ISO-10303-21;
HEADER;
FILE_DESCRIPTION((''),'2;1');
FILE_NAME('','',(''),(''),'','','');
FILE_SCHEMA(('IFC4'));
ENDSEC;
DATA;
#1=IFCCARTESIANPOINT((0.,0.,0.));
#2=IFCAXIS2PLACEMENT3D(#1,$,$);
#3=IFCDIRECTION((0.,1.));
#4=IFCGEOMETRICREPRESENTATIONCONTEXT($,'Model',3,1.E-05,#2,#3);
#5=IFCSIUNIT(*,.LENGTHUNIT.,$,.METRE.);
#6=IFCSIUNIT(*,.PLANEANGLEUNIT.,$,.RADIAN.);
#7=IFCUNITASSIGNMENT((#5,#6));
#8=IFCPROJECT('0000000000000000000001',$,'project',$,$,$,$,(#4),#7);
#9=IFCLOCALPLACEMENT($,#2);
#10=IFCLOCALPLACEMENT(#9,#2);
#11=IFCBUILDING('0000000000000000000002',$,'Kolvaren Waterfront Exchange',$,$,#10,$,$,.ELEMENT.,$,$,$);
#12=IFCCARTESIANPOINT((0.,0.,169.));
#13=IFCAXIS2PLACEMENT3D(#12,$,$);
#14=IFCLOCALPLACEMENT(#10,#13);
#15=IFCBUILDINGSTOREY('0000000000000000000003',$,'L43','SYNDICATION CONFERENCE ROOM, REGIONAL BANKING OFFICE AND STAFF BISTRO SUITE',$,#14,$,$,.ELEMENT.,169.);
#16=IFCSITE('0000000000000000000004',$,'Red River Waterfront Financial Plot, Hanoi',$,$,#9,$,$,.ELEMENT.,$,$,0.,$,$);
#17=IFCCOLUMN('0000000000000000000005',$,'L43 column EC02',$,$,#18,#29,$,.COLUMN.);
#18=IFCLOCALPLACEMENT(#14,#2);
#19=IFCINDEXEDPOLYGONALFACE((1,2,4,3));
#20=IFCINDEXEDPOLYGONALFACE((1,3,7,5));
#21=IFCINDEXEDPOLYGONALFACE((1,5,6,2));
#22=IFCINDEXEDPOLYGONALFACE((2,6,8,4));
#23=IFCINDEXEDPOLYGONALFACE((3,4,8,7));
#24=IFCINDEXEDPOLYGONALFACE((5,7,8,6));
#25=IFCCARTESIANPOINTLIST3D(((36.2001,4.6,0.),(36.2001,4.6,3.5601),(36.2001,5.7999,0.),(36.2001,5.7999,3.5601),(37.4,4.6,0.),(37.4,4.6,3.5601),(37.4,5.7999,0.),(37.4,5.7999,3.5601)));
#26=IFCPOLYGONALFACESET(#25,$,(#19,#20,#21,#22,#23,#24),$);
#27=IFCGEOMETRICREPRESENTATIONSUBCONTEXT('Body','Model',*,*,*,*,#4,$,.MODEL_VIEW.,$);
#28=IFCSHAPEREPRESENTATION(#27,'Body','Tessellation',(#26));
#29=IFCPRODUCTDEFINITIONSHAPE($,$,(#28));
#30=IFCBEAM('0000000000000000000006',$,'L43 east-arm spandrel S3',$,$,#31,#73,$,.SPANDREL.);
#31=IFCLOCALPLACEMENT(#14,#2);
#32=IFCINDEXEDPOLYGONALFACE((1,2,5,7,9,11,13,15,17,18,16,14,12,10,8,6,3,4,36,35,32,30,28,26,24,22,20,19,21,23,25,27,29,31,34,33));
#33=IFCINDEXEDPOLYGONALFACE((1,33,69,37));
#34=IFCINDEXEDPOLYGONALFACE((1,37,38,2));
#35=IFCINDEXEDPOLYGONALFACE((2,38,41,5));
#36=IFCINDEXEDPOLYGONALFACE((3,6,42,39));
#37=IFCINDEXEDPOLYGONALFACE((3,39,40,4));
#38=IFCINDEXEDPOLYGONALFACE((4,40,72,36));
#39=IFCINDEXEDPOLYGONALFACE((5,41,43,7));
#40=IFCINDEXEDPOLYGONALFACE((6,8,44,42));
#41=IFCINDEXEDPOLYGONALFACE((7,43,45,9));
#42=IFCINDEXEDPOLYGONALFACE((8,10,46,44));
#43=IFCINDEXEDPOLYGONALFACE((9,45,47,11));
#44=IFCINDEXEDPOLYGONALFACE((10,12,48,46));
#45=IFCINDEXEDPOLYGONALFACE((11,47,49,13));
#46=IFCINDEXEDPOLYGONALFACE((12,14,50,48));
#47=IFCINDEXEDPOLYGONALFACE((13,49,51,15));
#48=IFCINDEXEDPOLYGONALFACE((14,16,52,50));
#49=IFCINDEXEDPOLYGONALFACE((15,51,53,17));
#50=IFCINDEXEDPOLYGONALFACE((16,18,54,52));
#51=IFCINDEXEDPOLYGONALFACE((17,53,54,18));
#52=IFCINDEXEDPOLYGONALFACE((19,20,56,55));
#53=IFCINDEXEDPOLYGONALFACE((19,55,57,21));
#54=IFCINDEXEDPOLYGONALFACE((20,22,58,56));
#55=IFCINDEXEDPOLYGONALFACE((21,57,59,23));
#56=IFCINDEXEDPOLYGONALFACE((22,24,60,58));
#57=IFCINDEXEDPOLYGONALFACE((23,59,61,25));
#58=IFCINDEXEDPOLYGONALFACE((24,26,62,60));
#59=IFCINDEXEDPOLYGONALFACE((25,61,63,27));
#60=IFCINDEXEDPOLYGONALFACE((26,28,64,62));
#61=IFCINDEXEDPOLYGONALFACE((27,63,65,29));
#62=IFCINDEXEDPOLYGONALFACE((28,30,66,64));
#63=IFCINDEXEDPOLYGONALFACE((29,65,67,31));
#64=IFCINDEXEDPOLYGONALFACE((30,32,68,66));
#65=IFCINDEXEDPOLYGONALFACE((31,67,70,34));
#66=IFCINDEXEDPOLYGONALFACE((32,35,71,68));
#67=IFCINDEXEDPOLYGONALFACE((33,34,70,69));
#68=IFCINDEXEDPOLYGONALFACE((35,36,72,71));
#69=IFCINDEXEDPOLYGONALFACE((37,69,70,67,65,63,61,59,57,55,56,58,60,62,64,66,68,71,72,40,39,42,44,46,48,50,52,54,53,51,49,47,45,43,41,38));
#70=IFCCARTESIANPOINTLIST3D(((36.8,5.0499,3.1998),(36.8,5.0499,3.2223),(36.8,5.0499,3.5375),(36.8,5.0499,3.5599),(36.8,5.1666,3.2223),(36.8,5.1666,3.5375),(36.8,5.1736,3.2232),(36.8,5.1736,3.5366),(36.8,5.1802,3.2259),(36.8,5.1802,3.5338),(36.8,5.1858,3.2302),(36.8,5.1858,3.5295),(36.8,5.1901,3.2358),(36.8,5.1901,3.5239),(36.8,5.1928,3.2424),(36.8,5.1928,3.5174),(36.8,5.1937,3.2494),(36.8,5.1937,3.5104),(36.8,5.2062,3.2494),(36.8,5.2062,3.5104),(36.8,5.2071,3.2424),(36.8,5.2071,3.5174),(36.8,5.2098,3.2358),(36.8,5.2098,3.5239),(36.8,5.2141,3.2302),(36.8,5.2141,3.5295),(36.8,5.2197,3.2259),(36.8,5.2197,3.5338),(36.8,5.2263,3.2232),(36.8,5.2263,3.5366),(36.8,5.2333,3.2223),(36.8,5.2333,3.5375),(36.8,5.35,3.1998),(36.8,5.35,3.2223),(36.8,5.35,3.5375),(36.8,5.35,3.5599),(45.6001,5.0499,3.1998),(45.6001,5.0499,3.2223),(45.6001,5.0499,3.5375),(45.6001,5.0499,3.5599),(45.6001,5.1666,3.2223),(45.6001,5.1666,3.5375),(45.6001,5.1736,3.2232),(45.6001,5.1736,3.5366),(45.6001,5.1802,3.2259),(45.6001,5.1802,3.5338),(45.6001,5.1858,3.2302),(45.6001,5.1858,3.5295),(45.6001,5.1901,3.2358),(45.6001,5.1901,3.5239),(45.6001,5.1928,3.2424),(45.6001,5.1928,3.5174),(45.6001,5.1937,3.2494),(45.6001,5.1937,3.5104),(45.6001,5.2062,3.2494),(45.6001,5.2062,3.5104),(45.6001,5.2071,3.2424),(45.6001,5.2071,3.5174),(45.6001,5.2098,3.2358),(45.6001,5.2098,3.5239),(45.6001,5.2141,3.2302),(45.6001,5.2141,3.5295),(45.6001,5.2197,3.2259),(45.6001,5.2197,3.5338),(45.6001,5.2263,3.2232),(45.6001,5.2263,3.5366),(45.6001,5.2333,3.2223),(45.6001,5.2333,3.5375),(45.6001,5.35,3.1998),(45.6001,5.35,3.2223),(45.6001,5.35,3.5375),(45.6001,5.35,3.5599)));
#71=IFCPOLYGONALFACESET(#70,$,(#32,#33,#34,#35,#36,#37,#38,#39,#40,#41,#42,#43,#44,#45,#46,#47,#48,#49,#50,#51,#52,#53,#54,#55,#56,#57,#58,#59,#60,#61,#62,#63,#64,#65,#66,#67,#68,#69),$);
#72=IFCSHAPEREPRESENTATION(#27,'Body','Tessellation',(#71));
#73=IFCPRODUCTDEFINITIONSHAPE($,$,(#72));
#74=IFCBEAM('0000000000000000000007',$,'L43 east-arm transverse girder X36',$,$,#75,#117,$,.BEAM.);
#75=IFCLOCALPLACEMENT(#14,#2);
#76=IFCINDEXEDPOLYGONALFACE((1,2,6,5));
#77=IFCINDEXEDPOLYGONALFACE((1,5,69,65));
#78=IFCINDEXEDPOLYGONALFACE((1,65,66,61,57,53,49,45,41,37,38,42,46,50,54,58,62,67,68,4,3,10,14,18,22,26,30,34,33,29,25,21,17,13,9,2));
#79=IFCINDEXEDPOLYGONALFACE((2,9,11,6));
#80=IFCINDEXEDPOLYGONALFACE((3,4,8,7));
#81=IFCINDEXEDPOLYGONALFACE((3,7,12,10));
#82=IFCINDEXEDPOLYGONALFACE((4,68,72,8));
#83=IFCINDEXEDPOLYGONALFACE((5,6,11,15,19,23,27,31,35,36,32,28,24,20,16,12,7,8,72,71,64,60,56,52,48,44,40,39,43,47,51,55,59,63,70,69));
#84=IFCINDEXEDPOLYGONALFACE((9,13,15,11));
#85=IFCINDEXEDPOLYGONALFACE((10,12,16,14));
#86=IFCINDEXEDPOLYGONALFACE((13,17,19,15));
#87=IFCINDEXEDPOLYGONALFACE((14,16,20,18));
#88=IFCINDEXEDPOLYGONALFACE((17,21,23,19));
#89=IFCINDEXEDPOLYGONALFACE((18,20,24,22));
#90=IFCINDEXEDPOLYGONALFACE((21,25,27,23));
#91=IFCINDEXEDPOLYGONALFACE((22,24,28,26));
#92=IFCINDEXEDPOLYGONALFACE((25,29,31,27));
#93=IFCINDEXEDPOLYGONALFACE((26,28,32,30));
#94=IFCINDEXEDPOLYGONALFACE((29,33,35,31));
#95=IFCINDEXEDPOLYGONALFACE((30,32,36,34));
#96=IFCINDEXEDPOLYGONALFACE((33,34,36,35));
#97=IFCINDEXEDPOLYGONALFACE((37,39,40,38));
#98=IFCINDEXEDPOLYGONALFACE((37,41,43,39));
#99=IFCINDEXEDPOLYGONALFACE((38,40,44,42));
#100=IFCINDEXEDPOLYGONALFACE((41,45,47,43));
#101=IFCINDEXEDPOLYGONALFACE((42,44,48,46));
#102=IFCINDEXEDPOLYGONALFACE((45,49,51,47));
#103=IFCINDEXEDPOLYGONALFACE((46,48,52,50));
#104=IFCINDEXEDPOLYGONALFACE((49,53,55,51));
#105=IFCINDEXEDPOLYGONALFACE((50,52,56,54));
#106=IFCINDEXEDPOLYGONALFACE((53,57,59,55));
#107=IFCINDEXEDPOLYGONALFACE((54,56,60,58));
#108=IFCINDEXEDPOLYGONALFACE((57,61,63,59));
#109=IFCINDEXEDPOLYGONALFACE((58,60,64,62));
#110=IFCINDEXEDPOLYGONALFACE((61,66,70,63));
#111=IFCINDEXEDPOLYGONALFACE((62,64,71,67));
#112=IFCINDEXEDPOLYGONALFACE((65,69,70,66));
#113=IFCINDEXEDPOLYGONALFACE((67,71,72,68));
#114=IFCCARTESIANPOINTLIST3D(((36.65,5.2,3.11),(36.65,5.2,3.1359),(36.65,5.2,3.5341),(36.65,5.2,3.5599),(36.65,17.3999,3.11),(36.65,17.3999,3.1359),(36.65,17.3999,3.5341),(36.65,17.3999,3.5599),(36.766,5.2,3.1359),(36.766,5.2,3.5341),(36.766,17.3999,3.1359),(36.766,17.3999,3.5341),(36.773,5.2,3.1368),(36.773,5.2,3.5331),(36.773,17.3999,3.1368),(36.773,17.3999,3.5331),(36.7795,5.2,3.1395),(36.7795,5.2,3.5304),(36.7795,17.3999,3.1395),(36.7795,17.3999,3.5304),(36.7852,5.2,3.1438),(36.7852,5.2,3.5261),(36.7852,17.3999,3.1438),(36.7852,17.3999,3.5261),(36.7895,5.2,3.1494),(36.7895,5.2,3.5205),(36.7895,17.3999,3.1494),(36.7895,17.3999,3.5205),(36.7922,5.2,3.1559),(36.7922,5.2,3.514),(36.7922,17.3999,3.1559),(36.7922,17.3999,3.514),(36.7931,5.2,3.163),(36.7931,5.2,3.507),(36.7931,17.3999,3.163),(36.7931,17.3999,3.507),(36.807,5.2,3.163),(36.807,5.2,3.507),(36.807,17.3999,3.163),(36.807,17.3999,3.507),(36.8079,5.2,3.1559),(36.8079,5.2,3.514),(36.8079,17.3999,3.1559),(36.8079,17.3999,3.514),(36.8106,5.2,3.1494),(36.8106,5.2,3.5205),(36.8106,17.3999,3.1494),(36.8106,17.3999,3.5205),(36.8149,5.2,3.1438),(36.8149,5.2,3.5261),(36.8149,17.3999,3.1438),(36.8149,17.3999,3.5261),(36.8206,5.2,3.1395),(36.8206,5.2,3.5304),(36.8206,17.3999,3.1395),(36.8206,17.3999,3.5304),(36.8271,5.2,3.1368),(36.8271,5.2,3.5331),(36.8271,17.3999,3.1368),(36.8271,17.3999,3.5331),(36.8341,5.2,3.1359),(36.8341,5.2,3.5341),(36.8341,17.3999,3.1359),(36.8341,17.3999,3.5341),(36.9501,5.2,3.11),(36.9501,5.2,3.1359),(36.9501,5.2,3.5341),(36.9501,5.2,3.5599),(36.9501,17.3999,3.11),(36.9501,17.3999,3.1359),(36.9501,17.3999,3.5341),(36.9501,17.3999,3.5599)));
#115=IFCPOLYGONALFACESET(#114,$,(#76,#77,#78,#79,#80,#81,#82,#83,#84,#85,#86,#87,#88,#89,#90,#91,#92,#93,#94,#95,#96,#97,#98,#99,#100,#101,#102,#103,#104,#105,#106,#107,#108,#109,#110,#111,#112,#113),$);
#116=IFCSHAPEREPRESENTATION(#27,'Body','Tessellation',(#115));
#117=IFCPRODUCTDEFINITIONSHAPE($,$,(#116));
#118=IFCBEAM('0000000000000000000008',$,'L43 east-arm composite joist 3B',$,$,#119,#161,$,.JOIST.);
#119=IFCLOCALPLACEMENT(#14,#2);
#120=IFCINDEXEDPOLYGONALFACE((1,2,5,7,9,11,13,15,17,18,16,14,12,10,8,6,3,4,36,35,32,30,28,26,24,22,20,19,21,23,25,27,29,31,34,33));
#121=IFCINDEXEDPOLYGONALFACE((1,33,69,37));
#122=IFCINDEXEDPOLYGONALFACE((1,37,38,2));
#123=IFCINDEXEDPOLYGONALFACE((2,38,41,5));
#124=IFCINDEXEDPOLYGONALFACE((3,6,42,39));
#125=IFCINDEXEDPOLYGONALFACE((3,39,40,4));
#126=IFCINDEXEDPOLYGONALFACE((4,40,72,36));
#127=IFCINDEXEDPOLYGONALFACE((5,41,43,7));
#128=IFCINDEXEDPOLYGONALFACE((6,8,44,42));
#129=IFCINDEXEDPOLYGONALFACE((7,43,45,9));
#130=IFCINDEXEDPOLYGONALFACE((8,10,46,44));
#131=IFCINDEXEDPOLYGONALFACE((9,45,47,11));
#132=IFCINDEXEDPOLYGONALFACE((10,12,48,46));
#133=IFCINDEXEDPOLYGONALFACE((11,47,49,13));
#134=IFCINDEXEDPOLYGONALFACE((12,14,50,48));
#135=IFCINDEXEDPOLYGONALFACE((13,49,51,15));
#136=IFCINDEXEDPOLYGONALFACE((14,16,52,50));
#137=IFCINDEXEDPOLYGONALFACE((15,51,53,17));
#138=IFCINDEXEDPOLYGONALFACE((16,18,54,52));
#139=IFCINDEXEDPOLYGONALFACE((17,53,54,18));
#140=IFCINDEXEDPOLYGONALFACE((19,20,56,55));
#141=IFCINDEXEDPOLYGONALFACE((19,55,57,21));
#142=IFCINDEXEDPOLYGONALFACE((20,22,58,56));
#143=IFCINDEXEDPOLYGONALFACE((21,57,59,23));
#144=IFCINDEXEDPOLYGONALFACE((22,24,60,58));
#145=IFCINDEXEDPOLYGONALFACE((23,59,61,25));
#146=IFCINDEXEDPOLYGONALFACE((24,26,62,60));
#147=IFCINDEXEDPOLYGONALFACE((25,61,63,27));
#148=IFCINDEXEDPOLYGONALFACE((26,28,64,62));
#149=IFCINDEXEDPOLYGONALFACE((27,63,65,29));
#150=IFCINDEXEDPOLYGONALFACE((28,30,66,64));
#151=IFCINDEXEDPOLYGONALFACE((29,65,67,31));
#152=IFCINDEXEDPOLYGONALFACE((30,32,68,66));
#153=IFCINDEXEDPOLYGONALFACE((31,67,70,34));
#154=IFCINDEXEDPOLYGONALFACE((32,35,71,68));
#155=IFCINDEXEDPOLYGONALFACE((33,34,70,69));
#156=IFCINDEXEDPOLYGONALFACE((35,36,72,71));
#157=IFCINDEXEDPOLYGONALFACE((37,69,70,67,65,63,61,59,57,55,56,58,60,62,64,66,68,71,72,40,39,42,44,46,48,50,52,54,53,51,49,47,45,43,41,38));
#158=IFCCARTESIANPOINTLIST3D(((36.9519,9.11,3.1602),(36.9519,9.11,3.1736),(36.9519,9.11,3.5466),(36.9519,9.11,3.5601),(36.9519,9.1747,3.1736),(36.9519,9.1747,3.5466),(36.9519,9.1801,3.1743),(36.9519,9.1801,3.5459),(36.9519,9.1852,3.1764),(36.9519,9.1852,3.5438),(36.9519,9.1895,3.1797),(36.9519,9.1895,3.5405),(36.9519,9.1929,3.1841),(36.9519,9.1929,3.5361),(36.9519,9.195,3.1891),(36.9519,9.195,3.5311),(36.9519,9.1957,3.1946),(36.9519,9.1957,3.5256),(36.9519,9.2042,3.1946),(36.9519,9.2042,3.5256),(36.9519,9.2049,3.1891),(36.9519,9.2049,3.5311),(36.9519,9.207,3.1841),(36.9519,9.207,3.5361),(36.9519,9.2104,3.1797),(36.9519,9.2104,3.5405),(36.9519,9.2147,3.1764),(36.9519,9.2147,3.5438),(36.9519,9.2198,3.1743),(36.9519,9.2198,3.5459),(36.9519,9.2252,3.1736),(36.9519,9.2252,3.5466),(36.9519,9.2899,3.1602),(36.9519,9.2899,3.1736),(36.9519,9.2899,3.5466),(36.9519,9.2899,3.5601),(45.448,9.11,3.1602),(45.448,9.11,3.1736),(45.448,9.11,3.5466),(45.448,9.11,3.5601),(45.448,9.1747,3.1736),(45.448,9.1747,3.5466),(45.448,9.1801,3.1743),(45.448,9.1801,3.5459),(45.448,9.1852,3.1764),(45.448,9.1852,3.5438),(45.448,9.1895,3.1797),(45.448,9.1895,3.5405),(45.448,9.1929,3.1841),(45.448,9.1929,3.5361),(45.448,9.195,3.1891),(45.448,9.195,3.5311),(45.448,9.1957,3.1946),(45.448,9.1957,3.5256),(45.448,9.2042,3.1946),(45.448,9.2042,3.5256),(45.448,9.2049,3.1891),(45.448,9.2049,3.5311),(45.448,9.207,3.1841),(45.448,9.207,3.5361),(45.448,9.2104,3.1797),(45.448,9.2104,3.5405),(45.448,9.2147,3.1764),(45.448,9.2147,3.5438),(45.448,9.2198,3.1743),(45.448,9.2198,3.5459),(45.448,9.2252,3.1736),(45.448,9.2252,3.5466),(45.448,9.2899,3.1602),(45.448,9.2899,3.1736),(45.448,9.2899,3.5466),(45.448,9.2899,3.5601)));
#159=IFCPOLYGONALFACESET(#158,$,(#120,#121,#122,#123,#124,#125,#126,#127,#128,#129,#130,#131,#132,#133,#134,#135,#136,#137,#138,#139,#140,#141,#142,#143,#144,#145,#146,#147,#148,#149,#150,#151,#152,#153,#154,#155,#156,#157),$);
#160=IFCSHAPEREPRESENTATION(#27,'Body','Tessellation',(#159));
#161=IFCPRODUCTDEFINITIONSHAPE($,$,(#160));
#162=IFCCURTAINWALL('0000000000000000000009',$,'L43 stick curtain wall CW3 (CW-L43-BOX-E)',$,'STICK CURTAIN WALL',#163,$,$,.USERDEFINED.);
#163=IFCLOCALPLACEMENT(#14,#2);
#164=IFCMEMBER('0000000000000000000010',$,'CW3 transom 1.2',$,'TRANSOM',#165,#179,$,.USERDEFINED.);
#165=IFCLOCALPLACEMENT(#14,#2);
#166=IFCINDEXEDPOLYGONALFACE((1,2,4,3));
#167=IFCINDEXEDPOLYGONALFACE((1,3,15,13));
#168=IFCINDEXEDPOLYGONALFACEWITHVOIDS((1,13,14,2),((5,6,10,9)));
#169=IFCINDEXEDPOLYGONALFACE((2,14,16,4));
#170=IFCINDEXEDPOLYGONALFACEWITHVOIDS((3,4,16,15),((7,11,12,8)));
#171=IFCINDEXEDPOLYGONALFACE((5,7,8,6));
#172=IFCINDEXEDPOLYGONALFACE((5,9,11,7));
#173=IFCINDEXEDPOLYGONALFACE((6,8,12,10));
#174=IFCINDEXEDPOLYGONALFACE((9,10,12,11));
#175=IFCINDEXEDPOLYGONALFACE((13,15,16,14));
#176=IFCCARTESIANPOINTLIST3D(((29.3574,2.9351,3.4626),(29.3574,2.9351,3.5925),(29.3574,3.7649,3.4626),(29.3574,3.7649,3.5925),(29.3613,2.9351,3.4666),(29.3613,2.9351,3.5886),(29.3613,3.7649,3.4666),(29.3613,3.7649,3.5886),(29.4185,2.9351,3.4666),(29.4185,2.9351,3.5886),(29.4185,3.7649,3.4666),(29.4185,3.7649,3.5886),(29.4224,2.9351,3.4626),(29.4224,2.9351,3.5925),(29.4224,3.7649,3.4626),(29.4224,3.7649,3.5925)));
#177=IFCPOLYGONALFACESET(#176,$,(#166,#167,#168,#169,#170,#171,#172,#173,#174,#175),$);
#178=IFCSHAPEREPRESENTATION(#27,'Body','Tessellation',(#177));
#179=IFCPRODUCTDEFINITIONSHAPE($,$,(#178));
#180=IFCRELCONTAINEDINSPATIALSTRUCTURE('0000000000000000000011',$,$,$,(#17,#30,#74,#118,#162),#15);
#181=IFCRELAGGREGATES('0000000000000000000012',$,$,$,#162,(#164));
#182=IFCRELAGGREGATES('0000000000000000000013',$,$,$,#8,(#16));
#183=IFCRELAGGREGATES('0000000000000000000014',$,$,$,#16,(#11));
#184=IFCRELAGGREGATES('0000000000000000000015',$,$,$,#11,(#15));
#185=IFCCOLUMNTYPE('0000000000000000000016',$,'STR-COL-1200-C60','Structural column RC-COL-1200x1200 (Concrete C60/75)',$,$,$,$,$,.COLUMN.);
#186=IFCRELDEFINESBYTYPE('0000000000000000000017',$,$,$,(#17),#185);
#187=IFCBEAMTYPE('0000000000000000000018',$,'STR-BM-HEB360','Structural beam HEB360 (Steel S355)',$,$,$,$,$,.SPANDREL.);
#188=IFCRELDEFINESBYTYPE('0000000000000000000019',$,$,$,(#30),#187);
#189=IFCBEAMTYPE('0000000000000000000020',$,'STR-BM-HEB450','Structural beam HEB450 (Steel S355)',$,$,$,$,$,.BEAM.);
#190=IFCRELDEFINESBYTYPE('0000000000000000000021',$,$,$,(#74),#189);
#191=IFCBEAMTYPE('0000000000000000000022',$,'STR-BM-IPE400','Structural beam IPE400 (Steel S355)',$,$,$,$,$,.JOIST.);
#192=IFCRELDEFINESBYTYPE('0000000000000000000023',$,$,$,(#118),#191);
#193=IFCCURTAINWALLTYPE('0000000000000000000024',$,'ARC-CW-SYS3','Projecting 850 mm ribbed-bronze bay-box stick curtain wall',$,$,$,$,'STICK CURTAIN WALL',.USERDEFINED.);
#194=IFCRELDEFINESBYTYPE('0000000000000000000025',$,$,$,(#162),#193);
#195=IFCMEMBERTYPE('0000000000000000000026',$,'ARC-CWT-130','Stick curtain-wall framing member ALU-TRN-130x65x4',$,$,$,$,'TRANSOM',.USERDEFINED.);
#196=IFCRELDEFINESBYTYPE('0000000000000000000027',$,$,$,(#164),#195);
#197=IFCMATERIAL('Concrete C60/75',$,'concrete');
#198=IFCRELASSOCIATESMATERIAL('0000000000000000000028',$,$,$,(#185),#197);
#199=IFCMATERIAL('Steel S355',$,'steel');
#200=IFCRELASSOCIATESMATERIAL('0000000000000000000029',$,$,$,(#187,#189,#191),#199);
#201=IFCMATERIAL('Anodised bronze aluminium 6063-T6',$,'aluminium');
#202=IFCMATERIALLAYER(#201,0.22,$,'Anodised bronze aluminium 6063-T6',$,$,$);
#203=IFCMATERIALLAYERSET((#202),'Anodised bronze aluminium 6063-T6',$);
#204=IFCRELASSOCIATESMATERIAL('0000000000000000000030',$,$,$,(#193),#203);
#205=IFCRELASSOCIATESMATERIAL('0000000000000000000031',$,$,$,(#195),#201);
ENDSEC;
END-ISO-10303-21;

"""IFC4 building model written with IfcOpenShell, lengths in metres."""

from ifc_helpers import new_model, si_unit, direction, frame, origin, origin_with_axes, origin_2d, place, context, subcontext, project, spatial, rectangle, hollow_rectangle, i_section, extrude, source, transform, mapped, material, layer, layer_set, material_profile, profile_set, type_object, element, aggregate, save


model = new_model("IFC4")

# Units and contexts
model_context = context("Model", 3, precision=1e-05, world=origin(), true_north=direction((0.0, 1.0)))
body_context = subcontext(model_context, "Body", "Model", "MODEL_VIEW")
ifc_project = project(units=[si_unit("LENGTHUNIT", "METRE"), si_unit("PLANEANGLEUNIT", "RADIAN")], contexts=[model_context])

# Site, building, storey
site_placement = place(None, origin())
site = spatial("IfcSite", under=ifc_project, at=site_placement, Name="Red River Waterfront Financial Plot, Hanoi", CompositionType="ELEMENT", RefElevation=0.0)
building_placement = place(site_placement, origin())
building = spatial("IfcBuilding", under=site, at=building_placement, Name="Kolvaren Waterfront Exchange", CompositionType="ELEMENT")
storey_placement = place(building_placement, frame((0.0, 0.0, 169.0)))
storey = spatial("IfcBuildingStorey", under=building, at=storey_placement, Name="L43", Description="SYNDICATION CONFERENCE ROOM, REGIONAL BANKING OFFICE AND STAFF BISTRO SUITE", CompositionType="ELEMENT", Elevation=169.0)

# Column
ifc_material_1 = material(Name="Concrete C60/75", Category="concrete")
ifc_material_profile_1 = material_profile(ifc_material_1, rectangle(XDim=1.2, YDim=1.2, at=origin_2d()), Name="RC-COL-1200x1200")
ifc_profile_set_1 = profile_set([ifc_material_profile_1], Name="Concrete C60/75")
column_type = type_object("IfcColumnType", Name="STR-COL-1200-C60", Description="Structural column RC-COL-1200x1200 (Concrete C60/75)", PredefinedType="COLUMN", material=ifc_profile_set_1)
column_placement = place(storey_placement, frame((36.8, 5.2, 0.0), z_axis=(0.0, 0.0, 1.0), x_axis=(1.0, 0.0, 0.0)))
element("IfcColumn", 1, at=column_placement, inside=storey, type_object=column_type, Name="L43 column EC02", PredefinedType="COLUMN", context=body_context, shape_type="SweptSolid", body=[
    extrude(rectangle(XDim=1.2, YDim=1.2, at=origin_2d()), origin(), (0.0, 0.0, 1.0), 3.5601),
])

# Beams
ifc_material_2 = material(Name="Steel S355", Category="steel")
ifc_material_profile_2 = material_profile(ifc_material_2, i_section(OverallWidth=0.3, OverallDepth=0.3601, WebThickness=0.0125, FlangeThickness=0.0225, FilletRadius=0.0271, at=origin_2d()), Name="HEB360")
ifc_profile_set_2 = profile_set([ifc_material_profile_2], Name="Steel S355")
beam_type_1 = type_object("IfcBeamType", Name="STR-BM-HEB360", Description="Structural beam HEB360 (Steel S355)", PredefinedType="SPANDREL", material=ifc_profile_set_2)
beam_1_placement = place(storey_placement, frame((36.8, 5.2, 3.3799), z_axis=(1.0, 0.0, 0.0), x_axis=(0.0, 1.0, 0.0)))
element("IfcBeam", 2, at=beam_1_placement, inside=storey, type_object=beam_type_1, Name="L43 east-arm spandrel S3", PredefinedType="SPANDREL", context=body_context, shape_type="SweptSolid", body=[
    extrude(i_section(OverallWidth=0.3, OverallDepth=0.3601, WebThickness=0.0125, FlangeThickness=0.0225, FilletRadius=0.0271, at=origin_2d()), origin(), (0.0, 0.0, 1.0), 8.8),
])
ifc_material_profile_3 = material_profile(ifc_material_2, i_section(OverallWidth=0.3, OverallDepth=0.45, WebThickness=0.0139, FlangeThickness=0.0259, FilletRadius=0.0271, at=origin_2d()), Name="HEB450")
ifc_profile_set_3 = profile_set([ifc_material_profile_3], Name="Steel S355")
beam_type_2 = type_object("IfcBeamType", Name="STR-BM-HEB450", Description="Structural beam HEB450 (Steel S355)", PredefinedType="BEAM", material=ifc_profile_set_3)
beam_2_placement = place(storey_placement, frame((36.8, 5.2, 3.335), z_axis=(0.0, 1.0, 0.0), x_axis=(-1.0, 0.0, 0.0)))
element("IfcBeam", 3, at=beam_2_placement, inside=storey, type_object=beam_type_2, Name="L43 east-arm transverse girder X36", PredefinedType="BEAM", context=body_context, shape_type="SweptSolid", body=[
    extrude(i_section(OverallWidth=0.3, OverallDepth=0.45, WebThickness=0.0139, FlangeThickness=0.0259, FilletRadius=0.0271, at=origin_2d()), origin(), (0.0, 0.0, 1.0), 12.2),
])
ifc_material_profile_4 = material_profile(ifc_material_2, i_section(OverallWidth=0.1799, OverallDepth=0.3999, WebThickness=0.0085, FlangeThickness=0.0134, FilletRadius=0.021, at=origin_2d()), Name="IPE400")
ifc_profile_set_4 = profile_set([ifc_material_profile_4], Name="Steel S355")
beam_type_3 = type_object("IfcBeamType", Name="STR-BM-IPE400", Description="Structural beam IPE400 (Steel S355)", PredefinedType="JOIST", material=ifc_profile_set_4)
beam_3_placement = place(storey_placement, frame((36.9519, 9.2, 3.3601), z_axis=(1.0, 0.0, 0.0), x_axis=(0.0, 1.0, 0.0)))
element("IfcBeam", 4, at=beam_3_placement, inside=storey, type_object=beam_type_3, Name="L43 east-arm composite joist 3B", PredefinedType="JOIST", context=body_context, shape_type="SweptSolid", body=[
    extrude(i_section(OverallWidth=0.1799, OverallDepth=0.3999, WebThickness=0.0085, FlangeThickness=0.0134, FilletRadius=0.021, at=origin_2d()), origin(), (0.0, 0.0, 1.0), 8.4961),
])

# Curtain wall, member
ifc_material_3 = material(Name="Anodised bronze aluminium 6063-T6", Category="aluminium")
ifc_layer_1 = layer(ifc_material_3, 0.22, Name="Anodised bronze aluminium 6063-T6")
ifc_layer_set_1 = layer_set([ifc_layer_1], Name="Anodised bronze aluminium 6063-T6")
curtain_wall_type_1 = type_object("IfcCurtainWallType", Name="ARC-CW-SYS3", Description="Projecting 850 mm ribbed-bronze bay-box stick curtain wall", ElementType="STICK CURTAIN WALL", PredefinedType="USERDEFINED", material=ifc_layer_set_1)
curtain_wall_1_placement = place(storey_placement, origin())
curtain_wall_1 = element("IfcCurtainWall", 5, at=curtain_wall_1_placement, inside=storey, type_object=curtain_wall_type_1, Name="L43 stick curtain wall CW3 (CW-L43-BOX-E)", ObjectType="STICK CURTAIN WALL", PredefinedType="USERDEFINED")
ifc_material_profile_5 = material_profile(ifc_material_3, hollow_rectangle(XDim=0.0649, YDim=0.1299, WallThickness=0.0039, at=origin_2d()), Name="ALU-TRN-130x65x4")
ifc_profile_set_5 = profile_set([ifc_material_profile_5], Name="Anodised bronze aluminium 6063-T6")
member_type_1 = type_object("IfcMemberType", Name="ARC-CWT-130", Description="Stick curtain-wall framing member ALU-TRN-130x65x4", ElementType="TRANSOM", PredefinedType="USERDEFINED", material=ifc_profile_set_5)
shared_shape_1 = source(origin_with_axes(), body_context, "Body", "SweptSolid", [
    extrude(hollow_rectangle(XDim=0.0649, YDim=0.1299, WallThickness=0.0039, at=origin_2d()), origin(), (0.0, 0.0, 1.0), 0.8298),
])
member_1_placement = place(storey_placement, frame((29.3899, 2.9351, 3.5276), z_axis=(0.0, 1.0, 0.0), x_axis=(-1.0, 0.0, 0.0)))
member_1 = element("IfcMember", 6, at=member_1_placement, type_object=member_type_1, Name="CW3 transom 1.2", ObjectType="TRANSOM", PredefinedType="USERDEFINED", context=body_context, shape_type="MappedRepresentation", body=[
    mapped(shared_shape_1, transform((0.0, 0.0, 0.0), x_axis=(1.0, 0.0, 0.0), y_axis=(0.0, 1.0, 0.0), z_axis=(0.0, 0.0, 1.0), scale=1.0)),
])

aggregate(curtain_wall_1, [member_1])

save(model, "model.ifc")
